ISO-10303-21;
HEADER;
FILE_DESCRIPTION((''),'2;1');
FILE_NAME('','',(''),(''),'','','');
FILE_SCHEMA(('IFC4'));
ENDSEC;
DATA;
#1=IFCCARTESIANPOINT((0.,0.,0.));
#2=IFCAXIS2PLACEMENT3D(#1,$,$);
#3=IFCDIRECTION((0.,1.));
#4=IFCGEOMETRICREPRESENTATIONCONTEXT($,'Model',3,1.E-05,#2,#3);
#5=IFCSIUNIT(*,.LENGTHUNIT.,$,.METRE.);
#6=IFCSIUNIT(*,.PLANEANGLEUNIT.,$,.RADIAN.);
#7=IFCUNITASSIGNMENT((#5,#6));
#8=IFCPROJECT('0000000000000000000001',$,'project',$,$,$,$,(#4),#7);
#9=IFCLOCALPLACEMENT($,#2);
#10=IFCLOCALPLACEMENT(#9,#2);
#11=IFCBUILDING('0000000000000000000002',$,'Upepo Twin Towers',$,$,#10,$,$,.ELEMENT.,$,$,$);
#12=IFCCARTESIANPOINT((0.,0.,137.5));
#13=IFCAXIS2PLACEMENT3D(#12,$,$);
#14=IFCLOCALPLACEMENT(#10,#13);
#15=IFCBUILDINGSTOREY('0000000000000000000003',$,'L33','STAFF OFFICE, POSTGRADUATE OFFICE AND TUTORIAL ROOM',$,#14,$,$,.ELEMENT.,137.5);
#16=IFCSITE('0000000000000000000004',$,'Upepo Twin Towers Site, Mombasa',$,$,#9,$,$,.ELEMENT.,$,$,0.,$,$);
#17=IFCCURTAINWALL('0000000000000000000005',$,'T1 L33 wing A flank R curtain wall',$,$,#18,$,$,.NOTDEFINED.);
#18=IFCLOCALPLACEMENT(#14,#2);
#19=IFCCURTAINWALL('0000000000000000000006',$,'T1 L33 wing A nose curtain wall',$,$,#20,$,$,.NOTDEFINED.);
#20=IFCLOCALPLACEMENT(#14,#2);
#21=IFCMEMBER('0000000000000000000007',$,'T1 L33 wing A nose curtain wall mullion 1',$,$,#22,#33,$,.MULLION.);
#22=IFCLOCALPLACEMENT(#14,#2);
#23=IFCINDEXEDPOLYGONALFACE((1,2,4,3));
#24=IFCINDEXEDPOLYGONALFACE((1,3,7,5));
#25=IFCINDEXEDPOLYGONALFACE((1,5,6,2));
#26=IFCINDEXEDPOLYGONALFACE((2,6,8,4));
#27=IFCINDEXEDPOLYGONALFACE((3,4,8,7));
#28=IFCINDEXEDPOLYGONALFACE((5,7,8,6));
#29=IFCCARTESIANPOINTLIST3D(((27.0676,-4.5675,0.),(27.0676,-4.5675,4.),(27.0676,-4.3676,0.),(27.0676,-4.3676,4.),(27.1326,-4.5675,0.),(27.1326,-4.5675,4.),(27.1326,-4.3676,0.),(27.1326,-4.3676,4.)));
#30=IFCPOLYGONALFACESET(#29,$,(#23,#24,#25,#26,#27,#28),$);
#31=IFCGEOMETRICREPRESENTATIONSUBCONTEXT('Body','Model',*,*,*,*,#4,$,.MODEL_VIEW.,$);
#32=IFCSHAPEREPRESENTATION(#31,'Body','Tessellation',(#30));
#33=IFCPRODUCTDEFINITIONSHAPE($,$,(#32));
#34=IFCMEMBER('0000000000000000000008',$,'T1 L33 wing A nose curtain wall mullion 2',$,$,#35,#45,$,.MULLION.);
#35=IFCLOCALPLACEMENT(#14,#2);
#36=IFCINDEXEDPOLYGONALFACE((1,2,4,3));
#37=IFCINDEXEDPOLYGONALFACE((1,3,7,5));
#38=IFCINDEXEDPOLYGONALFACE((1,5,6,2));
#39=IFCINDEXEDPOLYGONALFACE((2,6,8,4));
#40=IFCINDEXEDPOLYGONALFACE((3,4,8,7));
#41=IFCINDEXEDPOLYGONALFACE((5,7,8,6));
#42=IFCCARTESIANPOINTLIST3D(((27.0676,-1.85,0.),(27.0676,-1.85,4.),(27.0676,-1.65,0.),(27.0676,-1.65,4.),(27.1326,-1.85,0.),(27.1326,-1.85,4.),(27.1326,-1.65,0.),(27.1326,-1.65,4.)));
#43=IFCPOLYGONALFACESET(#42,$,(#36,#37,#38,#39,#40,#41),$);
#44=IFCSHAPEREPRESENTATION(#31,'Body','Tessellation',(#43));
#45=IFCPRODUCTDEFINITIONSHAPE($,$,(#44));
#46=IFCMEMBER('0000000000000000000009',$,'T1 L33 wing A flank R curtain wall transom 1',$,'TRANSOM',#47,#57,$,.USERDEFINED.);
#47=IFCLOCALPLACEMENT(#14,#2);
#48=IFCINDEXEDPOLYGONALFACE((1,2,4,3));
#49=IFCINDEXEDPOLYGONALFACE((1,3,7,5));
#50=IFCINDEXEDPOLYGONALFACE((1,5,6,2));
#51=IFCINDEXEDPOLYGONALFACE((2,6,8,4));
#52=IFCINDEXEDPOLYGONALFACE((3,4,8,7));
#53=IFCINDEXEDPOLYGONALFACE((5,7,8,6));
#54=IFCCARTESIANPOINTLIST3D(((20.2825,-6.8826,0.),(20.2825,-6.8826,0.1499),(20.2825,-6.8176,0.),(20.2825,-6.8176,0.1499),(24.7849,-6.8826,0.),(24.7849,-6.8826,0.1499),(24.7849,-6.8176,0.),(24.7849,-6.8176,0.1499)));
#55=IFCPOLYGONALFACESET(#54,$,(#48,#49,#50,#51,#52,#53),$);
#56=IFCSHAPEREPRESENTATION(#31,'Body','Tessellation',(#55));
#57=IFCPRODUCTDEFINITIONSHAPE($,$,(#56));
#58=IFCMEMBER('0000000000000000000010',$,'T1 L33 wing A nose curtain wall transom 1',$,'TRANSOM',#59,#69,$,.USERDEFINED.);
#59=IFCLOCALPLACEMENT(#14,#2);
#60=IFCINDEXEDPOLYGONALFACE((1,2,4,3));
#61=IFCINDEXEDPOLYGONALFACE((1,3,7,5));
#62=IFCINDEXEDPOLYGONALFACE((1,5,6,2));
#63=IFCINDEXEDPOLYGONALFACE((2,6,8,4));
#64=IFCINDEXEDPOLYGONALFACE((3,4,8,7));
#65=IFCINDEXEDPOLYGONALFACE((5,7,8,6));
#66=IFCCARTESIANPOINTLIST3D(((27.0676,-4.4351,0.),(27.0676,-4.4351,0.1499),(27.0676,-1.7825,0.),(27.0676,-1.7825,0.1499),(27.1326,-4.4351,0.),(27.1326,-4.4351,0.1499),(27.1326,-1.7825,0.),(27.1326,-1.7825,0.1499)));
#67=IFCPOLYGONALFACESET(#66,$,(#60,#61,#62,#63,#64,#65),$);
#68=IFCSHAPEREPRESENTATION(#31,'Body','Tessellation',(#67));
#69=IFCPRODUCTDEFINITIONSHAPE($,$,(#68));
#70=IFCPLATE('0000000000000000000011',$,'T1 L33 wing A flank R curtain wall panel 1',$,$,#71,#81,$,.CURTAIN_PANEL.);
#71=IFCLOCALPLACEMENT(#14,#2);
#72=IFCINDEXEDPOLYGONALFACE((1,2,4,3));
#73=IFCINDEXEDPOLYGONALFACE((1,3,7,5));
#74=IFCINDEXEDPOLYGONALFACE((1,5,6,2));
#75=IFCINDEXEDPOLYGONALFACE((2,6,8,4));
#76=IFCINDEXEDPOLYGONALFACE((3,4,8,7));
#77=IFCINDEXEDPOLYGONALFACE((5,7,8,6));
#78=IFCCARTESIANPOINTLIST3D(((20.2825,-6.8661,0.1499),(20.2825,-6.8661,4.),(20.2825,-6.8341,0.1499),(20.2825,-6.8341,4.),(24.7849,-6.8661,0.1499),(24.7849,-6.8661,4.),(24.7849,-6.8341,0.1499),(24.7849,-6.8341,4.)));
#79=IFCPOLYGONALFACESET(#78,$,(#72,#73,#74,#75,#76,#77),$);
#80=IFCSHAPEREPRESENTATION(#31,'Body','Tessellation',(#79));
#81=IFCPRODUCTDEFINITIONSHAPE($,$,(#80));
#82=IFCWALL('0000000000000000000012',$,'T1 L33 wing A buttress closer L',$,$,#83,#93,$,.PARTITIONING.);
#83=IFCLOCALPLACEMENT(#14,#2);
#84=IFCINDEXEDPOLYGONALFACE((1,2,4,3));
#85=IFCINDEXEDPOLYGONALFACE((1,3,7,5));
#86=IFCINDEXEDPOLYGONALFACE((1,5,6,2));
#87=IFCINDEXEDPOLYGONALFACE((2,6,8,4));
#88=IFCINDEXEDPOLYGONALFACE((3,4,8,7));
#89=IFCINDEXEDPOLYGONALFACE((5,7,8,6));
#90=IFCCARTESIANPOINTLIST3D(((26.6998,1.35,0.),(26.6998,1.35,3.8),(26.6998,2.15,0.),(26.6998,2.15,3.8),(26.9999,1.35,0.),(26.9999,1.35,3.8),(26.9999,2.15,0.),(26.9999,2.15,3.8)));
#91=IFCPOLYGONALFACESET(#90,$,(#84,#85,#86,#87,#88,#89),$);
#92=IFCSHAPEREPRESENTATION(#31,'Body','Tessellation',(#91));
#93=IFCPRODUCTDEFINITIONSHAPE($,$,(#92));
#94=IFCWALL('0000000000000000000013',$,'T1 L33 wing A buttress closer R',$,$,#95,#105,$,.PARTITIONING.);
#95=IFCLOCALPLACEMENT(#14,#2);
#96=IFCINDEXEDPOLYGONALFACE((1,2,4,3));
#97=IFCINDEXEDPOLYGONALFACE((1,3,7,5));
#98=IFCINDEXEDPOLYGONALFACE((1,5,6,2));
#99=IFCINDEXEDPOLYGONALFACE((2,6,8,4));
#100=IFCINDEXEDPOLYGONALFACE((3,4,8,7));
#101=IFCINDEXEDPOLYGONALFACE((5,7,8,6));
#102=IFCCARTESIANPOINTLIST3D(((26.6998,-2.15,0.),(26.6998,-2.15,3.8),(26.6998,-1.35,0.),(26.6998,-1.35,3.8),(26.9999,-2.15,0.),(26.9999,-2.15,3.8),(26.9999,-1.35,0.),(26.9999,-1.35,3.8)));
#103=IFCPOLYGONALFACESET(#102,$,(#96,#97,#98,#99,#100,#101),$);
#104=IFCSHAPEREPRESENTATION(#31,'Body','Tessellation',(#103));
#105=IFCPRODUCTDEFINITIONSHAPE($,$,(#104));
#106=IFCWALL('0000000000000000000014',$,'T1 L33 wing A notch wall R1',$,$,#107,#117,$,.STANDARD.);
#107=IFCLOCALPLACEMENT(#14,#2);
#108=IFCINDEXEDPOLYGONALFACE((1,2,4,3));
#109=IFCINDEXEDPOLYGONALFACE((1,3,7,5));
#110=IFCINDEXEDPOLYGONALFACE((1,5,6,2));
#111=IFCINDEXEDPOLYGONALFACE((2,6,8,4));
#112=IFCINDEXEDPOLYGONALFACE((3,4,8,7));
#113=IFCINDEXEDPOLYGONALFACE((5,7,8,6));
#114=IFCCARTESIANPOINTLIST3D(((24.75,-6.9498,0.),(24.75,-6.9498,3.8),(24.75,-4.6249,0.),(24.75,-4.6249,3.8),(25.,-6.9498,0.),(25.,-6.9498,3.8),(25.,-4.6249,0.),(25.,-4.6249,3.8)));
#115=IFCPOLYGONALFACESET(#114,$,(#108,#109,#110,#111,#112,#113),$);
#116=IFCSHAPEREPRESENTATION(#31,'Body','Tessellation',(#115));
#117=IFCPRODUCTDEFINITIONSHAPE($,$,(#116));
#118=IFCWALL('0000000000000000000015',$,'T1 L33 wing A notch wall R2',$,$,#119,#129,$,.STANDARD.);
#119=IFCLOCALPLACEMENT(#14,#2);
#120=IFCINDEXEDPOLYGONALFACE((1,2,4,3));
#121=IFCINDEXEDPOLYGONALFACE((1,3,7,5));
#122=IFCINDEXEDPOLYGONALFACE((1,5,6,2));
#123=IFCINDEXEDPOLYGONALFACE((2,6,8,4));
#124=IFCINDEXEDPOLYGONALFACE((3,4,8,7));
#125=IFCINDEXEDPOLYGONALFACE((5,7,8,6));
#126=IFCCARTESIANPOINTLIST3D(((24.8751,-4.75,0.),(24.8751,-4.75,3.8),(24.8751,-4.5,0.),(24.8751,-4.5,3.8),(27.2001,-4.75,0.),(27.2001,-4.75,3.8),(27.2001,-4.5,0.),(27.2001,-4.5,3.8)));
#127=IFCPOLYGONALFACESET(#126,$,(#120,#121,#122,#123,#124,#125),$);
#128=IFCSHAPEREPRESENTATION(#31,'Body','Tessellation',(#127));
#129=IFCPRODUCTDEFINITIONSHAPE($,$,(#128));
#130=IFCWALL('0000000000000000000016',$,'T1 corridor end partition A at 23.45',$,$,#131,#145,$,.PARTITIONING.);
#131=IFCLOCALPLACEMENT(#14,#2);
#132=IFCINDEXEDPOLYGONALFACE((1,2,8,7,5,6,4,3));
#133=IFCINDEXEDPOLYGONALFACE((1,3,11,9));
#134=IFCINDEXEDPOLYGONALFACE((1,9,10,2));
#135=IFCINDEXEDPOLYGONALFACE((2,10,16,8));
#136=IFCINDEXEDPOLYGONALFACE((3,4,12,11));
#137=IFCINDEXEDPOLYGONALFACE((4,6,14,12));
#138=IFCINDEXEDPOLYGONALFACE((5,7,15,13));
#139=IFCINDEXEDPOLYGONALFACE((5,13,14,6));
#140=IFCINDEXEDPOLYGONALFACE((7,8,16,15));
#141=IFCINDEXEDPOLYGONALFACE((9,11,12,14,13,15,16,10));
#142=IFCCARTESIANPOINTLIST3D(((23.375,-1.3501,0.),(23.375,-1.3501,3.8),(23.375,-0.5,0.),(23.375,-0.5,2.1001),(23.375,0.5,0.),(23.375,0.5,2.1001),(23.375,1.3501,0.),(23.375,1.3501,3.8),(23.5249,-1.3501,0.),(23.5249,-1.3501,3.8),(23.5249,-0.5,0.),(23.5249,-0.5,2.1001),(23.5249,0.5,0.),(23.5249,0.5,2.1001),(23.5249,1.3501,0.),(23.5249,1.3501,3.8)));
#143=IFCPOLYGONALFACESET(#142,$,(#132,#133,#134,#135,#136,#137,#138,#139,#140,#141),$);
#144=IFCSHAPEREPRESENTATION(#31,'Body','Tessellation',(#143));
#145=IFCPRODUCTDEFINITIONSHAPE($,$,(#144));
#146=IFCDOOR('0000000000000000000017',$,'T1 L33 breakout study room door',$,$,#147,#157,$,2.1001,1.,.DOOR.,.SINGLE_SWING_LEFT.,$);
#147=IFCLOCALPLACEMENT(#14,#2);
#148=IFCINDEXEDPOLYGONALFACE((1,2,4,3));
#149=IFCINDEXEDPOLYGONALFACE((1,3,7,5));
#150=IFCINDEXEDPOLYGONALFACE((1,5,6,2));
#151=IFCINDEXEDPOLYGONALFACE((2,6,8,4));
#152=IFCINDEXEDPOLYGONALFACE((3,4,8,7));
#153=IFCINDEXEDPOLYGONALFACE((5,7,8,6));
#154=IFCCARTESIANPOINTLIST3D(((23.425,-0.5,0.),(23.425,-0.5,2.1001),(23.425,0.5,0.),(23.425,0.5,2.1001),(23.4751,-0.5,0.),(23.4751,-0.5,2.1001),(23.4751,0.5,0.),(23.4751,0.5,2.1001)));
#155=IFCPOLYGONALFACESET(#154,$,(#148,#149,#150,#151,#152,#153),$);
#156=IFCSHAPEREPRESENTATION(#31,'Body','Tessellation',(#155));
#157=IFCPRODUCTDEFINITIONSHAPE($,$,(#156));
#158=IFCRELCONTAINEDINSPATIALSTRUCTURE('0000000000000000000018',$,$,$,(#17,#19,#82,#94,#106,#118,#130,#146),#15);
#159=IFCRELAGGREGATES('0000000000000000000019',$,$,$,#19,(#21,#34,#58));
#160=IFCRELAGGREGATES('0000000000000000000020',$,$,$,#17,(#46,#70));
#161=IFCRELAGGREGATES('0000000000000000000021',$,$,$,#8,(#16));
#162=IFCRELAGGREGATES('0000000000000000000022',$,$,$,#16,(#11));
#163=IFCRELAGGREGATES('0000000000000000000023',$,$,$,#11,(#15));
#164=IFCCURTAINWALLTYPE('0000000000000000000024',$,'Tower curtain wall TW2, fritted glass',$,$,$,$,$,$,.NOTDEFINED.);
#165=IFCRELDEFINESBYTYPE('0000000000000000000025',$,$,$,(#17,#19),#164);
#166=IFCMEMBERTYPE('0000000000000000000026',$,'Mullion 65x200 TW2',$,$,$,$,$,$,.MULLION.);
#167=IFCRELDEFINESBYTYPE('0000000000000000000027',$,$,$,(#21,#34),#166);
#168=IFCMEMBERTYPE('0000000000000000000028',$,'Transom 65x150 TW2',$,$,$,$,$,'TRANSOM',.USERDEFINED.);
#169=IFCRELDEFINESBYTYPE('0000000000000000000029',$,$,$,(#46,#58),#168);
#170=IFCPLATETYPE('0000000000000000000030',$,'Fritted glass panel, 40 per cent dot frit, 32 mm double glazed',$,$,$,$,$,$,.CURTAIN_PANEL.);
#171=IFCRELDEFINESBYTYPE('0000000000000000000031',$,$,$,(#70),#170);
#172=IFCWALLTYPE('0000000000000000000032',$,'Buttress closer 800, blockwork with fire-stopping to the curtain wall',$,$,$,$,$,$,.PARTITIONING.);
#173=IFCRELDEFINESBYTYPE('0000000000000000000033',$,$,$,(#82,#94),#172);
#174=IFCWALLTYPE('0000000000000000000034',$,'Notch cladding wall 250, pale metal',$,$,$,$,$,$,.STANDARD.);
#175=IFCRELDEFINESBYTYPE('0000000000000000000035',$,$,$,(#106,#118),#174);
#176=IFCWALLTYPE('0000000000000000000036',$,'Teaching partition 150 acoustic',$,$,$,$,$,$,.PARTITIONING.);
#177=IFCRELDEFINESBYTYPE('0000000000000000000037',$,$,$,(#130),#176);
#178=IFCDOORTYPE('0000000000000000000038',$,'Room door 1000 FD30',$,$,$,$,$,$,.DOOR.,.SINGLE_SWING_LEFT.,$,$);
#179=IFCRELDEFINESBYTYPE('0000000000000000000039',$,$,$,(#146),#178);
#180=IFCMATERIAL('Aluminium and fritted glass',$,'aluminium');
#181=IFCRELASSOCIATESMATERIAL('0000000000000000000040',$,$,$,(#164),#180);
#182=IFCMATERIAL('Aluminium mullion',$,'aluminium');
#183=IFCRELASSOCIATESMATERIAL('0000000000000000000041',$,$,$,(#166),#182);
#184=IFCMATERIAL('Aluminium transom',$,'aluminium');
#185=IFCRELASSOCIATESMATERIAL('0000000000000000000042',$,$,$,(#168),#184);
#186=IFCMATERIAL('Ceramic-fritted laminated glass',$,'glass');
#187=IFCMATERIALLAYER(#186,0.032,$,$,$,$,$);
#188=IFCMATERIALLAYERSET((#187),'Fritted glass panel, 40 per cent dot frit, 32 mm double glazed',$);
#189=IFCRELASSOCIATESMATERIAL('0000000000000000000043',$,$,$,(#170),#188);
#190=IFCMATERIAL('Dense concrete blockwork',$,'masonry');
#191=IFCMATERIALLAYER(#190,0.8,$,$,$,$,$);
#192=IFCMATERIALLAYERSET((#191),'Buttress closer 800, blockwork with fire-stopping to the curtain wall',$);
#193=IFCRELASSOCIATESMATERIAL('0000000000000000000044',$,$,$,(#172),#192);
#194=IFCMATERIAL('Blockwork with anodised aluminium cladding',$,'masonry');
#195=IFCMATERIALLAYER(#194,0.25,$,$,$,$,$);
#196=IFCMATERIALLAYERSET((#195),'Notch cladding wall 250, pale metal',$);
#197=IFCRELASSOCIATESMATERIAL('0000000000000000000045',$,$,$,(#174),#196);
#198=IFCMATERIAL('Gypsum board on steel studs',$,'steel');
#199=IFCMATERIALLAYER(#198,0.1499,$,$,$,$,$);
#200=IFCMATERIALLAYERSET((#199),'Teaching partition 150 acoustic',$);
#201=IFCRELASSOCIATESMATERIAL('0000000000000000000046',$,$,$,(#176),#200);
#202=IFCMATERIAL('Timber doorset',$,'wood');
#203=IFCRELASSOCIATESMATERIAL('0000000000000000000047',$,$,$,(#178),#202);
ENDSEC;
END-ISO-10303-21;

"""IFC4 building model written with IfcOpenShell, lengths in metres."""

from ifc_helpers import new_model, si_unit, direction, frame, frame_2d, origin, origin_2d, place, context, subcontext, project, spatial, rectangle, extrude, material, layer, layer_set, material_profile, profile_set, type_object, element, fill, aggregate, save


model = new_model("IFC4")

# Units and contexts
model_context = context("Model", 3, precision=1e-05, world=origin(), true_north=direction((0.0, 1.0)))
body_context = subcontext(model_context, "Body", "Model", "MODEL_VIEW")
ifc_project = project(units=[si_unit("LENGTHUNIT", "METRE"), si_unit("PLANEANGLEUNIT", "RADIAN")], contexts=[model_context])

# Site, building, storey
site_placement = place(None, origin())
site = spatial("IfcSite", under=ifc_project, at=site_placement, Name="Upepo Twin Towers Site, Mombasa", CompositionType="ELEMENT", RefElevation=0.0)
building_placement = place(site_placement, origin())
building = spatial("IfcBuilding", under=site, at=building_placement, Name="Upepo Twin Towers", CompositionType="ELEMENT")
storey_placement = place(building_placement, frame((0.0, 0.0, 137.5)))
storey = spatial("IfcBuildingStorey", under=building, at=storey_placement, Name="L33", Description="STAFF OFFICE, POSTGRADUATE OFFICE AND TUTORIAL ROOM", CompositionType="ELEMENT", Elevation=137.5)

# Curtain wall
ifc_material_1 = material(Name="Aluminium and fritted glass", Category="aluminium")
curtain_wall_type = type_object("IfcCurtainWallType", Name="Tower curtain wall TW2, fritted glass", PredefinedType="NOTDEFINED", material=ifc_material_1)
curtain_wall_1_placement = place(storey_placement, origin())
curtain_wall_1 = element("IfcCurtainWall", 1, at=curtain_wall_1_placement, inside=storey, type_object=curtain_wall_type, Name="T1 L33 wing A flank R curtain wall", PredefinedType="NOTDEFINED")
ifc_material_2 = material(Name="Aluminium mullion", Category="aluminium")
ifc_material_profile_1 = material_profile(ifc_material_2, rectangle(XDim=0.0649, YDim=0.2, at=origin_2d()), Name="MULLION 65x200")
ifc_profile_set_1 = profile_set([ifc_material_profile_1], Name="Aluminium mullion")
member_type_1 = type_object("IfcMemberType", Name="Mullion 65x200 TW2", PredefinedType="MULLION", material=ifc_profile_set_1)

# Curtain wall, members
curtain_wall_2_placement = place(storey_placement, origin())
curtain_wall_2 = element("IfcCurtainWall", 2, at=curtain_wall_2_placement, inside=storey, type_object=curtain_wall_type, Name="T1 L33 wing A nose curtain wall", PredefinedType="NOTDEFINED")
member_1_placement = place(storey_placement, frame((27.1001, -4.4675, 0.0), z_axis=(0.0, 0.0, 1.0), x_axis=(-1.0, 0.0, 0.0)))
member_1 = element("IfcMember", 3, at=member_1_placement, type_object=member_type_1, Name="T1 L33 wing A nose curtain wall mullion 1", PredefinedType="MULLION", context=body_context, shape_type="SweptSolid", body=[
    extrude(rectangle(XDim=0.0649, YDim=0.2, at=origin_2d()), origin(), (0.0, 0.0, 1.0), 4.0),
])
member_2_placement = place(storey_placement, frame((27.1001, -1.75, 0.0), z_axis=(0.0, 0.0, 1.0), x_axis=(-1.0, 0.0, 0.0)))
member_2 = element("IfcMember", 4, at=member_2_placement, type_object=member_type_1, Name="T1 L33 wing A nose curtain wall mullion 2", PredefinedType="MULLION", context=body_context, shape_type="SweptSolid", body=[
    extrude(rectangle(XDim=0.0649, YDim=0.2, at=origin_2d()), origin(), (0.0, 0.0, 1.0), 4.0),
])

# Members
ifc_material_3 = material(Name="Aluminium transom", Category="aluminium")
ifc_material_profile_2 = material_profile(ifc_material_3, rectangle(XDim=0.0649, YDim=0.1499, at=origin_2d()), Name="TRANSOM 65x150")
ifc_profile_set_2 = profile_set([ifc_material_profile_2], Name="Aluminium transom")
member_type_2 = type_object("IfcMemberType", Name="Transom 65x150 TW2", ElementType="TRANSOM", PredefinedType="USERDEFINED", material=ifc_profile_set_2)
member_3_placement = place(storey_placement, frame((24.7849, -6.8501, 0.075), z_axis=(-1.0, 0.0, 0.0), x_axis=(0.0, -1.0, 0.0)))
member_3 = element("IfcMember", 5, at=member_3_placement, type_object=member_type_2, Name="T1 L33 wing A flank R curtain wall transom 1", ObjectType="TRANSOM", PredefinedType="USERDEFINED", context=body_context, shape_type="SweptSolid", body=[
    extrude(rectangle(XDim=0.0649, YDim=0.1499, at=origin_2d()), origin(), (0.0, 0.0, 1.0), 4.5024),
])
member_4_placement = place(storey_placement, frame((27.1001, -4.4351, 0.075), z_axis=(0.0, 1.0, 0.0), x_axis=(-1.0, 0.0, 0.0)))
member_4 = element("IfcMember", 6, at=member_4_placement, type_object=member_type_2, Name="T1 L33 wing A nose curtain wall transom 1", ObjectType="TRANSOM", PredefinedType="USERDEFINED", context=body_context, shape_type="SweptSolid", body=[
    extrude(rectangle(XDim=0.0649, YDim=0.1499, at=origin_2d()), origin(), (0.0, 0.0, 1.0), 2.6526),
])
aggregate(curtain_wall_2, [member_1, member_2, member_4])

# Plate
ifc_material_4 = material(Name="Ceramic-fritted laminated glass", Category="glass")
ifc_layer_1 = layer(ifc_material_4, 0.032)
ifc_layer_set_1 = layer_set([ifc_layer_1], Name="Fritted glass panel, 40 per cent dot frit, 32 mm double glazed")
plate_type = type_object("IfcPlateType", Name="Fritted glass panel, 40 per cent dot frit, 32 mm double glazed", PredefinedType="CURTAIN_PANEL", material=ifc_layer_set_1)
plate_placement = place(storey_placement, frame((22.5337, -6.8501, 0.1499), z_axis=(0.0, 0.0, 1.0), x_axis=(-1.0, 0.0, 0.0)))
plate = element("IfcPlate", 7, at=plate_placement, type_object=plate_type, Name="T1 L33 wing A flank R curtain wall panel 1", PredefinedType="CURTAIN_PANEL", context=body_context, shape_type="SweptSolid", body=[
    extrude(rectangle(XDim=4.5024, YDim=0.032, at=origin_2d()), origin(), (0.0, 0.0, 1.0), 3.8501),
])
aggregate(curtain_wall_1, [member_3, plate])

# Walls
ifc_material_5 = material(Name="Dense concrete blockwork", Category="masonry")
ifc_layer_2 = layer(ifc_material_5, 0.8)
ifc_layer_set_2 = layer_set([ifc_layer_2], Name="Buttress closer 800, blockwork with fire-stopping to the curtain wall")
wall_type_1 = type_object("IfcWallType", Name="Buttress closer 800, blockwork with fire-stopping to the curtain wall", PredefinedType="PARTITIONING", material=ifc_layer_set_2)
for number, where, z_axis, x_axis, name in (
    (8, (26.7, 1.75, 0.0), (0.0, 0.0, 1.0), (1.0, 0.0, 0.0), "T1 L33 wing A buttress closer L"),
    (9, (26.7, -1.75, 0.0), (0.0, 0.0, 1.0), (1.0, 0.0, 0.0), "T1 L33 wing A buttress closer R"),
):
    element("IfcWall", number, at=place(storey_placement, frame(where, z_axis=z_axis, x_axis=x_axis)), inside=storey, type_object=wall_type_1, Name=name, PredefinedType="PARTITIONING", context=body_context, shape_type="SweptSolid", body=[
        extrude(rectangle(XDim=0.3, YDim=0.8, at=frame_2d((0.1499, 0.0))), origin(), (0.0, 0.0, 1.0), 3.8),
    ])
ifc_material_6 = material(Name="Blockwork with anodised aluminium cladding", Category="masonry")
ifc_layer_3 = layer(ifc_material_6, 0.25)
ifc_layer_set_3 = layer_set([ifc_layer_3], Name="Notch cladding wall 250, pale metal")
wall_type_2 = type_object("IfcWallType", Name="Notch cladding wall 250, pale metal", PredefinedType="STANDARD", material=ifc_layer_set_3)
for number, where, z_axis, x_axis, name in (
    (10, (24.875, -6.95, 0.0), (0.0, 0.0, 1.0), (0.0, 1.0, 0.0), "T1 L33 wing A notch wall R1"),
    (11, (24.875, -4.625, 0.0), (0.0, 0.0, 1.0), (1.0, 0.0, 0.0), "T1 L33 wing A notch wall R2"),
):
    element("IfcWall", number, at=place(storey_placement, frame(where, z_axis=z_axis, x_axis=x_axis)), inside=storey, type_object=wall_type_2, Name=name, PredefinedType="STANDARD", context=body_context, shape_type="SweptSolid", body=[
        extrude(rectangle(XDim=2.325, YDim=0.25, at=frame_2d((1.1626, 0.0))), origin(), (0.0, 0.0, 1.0), 3.8),
    ])

# Wall, opening, door
ifc_material_7 = material(Name="Gypsum board on steel studs", Category="steel")
ifc_layer_4 = layer(ifc_material_7, 0.1499)
ifc_layer_set_4 = layer_set([ifc_layer_4], Name="Teaching partition 150 acoustic")
wall_type_3 = type_object("IfcWallType", Name="Teaching partition 150 acoustic", PredefinedType="PARTITIONING", material=ifc_layer_set_4)
wall_placement = place(storey_placement, frame((23.45, -1.3501, 0.0), z_axis=(0.0, 0.0, 1.0), x_axis=(0.0, 1.0, 0.0)))
wall = element("IfcWall", 12, at=wall_placement, inside=storey, type_object=wall_type_3, Name="T1 corridor end partition A at 23.45", PredefinedType="PARTITIONING", context=body_context, shape_type="SweptSolid", body=[
    extrude(rectangle(XDim=2.7002, YDim=0.1499, at=frame_2d((1.3501, 0.0))), origin(), (0.0, 0.0, 1.0), 3.8),
])
opening_placement = place(wall_placement, frame((0.8501, 0.0, 0.0)))
opening = element("IfcOpeningElement", 13, at=opening_placement, cuts=wall, PredefinedType="OPENING", context=body_context, shape_type="SweptSolid", body=[
    extrude(rectangle(XDim=1.0, YDim=2.1001, at=frame_2d((0.5, 1.05))), frame((0.0, 0.085, 0.0), z_axis=(0.0, -1.0, 0.0), x_axis=(1.0, 0.0, 0.0)), (0.0, 0.0, 1.0), 0.1699),
])
ifc_material_8 = material(Name="Timber doorset", Category="wood")
door_type = type_object("IfcDoorType", Name="Room door 1000 FD30", OperationType="SINGLE_SWING_LEFT", PredefinedType="DOOR", material=ifc_material_8)
door_placement = place(opening_placement, origin())
door = element("IfcDoor", 14, at=door_placement, inside=storey, type_object=door_type, Name="T1 L33 breakout study room door", OperationType="SINGLE_SWING_LEFT", OverallHeight=2.1001, OverallWidth=1.0, PredefinedType="DOOR", context=body_context, shape_type="SweptSolid", body=[
    extrude(rectangle(XDim=1.0, YDim=2.1001, at=frame_2d((0.5, 1.05))), frame((0.0, 0.0249, 0.0), z_axis=(0.0, -1.0, 0.0), x_axis=(1.0, 0.0, 0.0)), (0.0, 0.0, 1.0), 0.05),
])
fill(opening, door)

save(model, "model.ifc")
